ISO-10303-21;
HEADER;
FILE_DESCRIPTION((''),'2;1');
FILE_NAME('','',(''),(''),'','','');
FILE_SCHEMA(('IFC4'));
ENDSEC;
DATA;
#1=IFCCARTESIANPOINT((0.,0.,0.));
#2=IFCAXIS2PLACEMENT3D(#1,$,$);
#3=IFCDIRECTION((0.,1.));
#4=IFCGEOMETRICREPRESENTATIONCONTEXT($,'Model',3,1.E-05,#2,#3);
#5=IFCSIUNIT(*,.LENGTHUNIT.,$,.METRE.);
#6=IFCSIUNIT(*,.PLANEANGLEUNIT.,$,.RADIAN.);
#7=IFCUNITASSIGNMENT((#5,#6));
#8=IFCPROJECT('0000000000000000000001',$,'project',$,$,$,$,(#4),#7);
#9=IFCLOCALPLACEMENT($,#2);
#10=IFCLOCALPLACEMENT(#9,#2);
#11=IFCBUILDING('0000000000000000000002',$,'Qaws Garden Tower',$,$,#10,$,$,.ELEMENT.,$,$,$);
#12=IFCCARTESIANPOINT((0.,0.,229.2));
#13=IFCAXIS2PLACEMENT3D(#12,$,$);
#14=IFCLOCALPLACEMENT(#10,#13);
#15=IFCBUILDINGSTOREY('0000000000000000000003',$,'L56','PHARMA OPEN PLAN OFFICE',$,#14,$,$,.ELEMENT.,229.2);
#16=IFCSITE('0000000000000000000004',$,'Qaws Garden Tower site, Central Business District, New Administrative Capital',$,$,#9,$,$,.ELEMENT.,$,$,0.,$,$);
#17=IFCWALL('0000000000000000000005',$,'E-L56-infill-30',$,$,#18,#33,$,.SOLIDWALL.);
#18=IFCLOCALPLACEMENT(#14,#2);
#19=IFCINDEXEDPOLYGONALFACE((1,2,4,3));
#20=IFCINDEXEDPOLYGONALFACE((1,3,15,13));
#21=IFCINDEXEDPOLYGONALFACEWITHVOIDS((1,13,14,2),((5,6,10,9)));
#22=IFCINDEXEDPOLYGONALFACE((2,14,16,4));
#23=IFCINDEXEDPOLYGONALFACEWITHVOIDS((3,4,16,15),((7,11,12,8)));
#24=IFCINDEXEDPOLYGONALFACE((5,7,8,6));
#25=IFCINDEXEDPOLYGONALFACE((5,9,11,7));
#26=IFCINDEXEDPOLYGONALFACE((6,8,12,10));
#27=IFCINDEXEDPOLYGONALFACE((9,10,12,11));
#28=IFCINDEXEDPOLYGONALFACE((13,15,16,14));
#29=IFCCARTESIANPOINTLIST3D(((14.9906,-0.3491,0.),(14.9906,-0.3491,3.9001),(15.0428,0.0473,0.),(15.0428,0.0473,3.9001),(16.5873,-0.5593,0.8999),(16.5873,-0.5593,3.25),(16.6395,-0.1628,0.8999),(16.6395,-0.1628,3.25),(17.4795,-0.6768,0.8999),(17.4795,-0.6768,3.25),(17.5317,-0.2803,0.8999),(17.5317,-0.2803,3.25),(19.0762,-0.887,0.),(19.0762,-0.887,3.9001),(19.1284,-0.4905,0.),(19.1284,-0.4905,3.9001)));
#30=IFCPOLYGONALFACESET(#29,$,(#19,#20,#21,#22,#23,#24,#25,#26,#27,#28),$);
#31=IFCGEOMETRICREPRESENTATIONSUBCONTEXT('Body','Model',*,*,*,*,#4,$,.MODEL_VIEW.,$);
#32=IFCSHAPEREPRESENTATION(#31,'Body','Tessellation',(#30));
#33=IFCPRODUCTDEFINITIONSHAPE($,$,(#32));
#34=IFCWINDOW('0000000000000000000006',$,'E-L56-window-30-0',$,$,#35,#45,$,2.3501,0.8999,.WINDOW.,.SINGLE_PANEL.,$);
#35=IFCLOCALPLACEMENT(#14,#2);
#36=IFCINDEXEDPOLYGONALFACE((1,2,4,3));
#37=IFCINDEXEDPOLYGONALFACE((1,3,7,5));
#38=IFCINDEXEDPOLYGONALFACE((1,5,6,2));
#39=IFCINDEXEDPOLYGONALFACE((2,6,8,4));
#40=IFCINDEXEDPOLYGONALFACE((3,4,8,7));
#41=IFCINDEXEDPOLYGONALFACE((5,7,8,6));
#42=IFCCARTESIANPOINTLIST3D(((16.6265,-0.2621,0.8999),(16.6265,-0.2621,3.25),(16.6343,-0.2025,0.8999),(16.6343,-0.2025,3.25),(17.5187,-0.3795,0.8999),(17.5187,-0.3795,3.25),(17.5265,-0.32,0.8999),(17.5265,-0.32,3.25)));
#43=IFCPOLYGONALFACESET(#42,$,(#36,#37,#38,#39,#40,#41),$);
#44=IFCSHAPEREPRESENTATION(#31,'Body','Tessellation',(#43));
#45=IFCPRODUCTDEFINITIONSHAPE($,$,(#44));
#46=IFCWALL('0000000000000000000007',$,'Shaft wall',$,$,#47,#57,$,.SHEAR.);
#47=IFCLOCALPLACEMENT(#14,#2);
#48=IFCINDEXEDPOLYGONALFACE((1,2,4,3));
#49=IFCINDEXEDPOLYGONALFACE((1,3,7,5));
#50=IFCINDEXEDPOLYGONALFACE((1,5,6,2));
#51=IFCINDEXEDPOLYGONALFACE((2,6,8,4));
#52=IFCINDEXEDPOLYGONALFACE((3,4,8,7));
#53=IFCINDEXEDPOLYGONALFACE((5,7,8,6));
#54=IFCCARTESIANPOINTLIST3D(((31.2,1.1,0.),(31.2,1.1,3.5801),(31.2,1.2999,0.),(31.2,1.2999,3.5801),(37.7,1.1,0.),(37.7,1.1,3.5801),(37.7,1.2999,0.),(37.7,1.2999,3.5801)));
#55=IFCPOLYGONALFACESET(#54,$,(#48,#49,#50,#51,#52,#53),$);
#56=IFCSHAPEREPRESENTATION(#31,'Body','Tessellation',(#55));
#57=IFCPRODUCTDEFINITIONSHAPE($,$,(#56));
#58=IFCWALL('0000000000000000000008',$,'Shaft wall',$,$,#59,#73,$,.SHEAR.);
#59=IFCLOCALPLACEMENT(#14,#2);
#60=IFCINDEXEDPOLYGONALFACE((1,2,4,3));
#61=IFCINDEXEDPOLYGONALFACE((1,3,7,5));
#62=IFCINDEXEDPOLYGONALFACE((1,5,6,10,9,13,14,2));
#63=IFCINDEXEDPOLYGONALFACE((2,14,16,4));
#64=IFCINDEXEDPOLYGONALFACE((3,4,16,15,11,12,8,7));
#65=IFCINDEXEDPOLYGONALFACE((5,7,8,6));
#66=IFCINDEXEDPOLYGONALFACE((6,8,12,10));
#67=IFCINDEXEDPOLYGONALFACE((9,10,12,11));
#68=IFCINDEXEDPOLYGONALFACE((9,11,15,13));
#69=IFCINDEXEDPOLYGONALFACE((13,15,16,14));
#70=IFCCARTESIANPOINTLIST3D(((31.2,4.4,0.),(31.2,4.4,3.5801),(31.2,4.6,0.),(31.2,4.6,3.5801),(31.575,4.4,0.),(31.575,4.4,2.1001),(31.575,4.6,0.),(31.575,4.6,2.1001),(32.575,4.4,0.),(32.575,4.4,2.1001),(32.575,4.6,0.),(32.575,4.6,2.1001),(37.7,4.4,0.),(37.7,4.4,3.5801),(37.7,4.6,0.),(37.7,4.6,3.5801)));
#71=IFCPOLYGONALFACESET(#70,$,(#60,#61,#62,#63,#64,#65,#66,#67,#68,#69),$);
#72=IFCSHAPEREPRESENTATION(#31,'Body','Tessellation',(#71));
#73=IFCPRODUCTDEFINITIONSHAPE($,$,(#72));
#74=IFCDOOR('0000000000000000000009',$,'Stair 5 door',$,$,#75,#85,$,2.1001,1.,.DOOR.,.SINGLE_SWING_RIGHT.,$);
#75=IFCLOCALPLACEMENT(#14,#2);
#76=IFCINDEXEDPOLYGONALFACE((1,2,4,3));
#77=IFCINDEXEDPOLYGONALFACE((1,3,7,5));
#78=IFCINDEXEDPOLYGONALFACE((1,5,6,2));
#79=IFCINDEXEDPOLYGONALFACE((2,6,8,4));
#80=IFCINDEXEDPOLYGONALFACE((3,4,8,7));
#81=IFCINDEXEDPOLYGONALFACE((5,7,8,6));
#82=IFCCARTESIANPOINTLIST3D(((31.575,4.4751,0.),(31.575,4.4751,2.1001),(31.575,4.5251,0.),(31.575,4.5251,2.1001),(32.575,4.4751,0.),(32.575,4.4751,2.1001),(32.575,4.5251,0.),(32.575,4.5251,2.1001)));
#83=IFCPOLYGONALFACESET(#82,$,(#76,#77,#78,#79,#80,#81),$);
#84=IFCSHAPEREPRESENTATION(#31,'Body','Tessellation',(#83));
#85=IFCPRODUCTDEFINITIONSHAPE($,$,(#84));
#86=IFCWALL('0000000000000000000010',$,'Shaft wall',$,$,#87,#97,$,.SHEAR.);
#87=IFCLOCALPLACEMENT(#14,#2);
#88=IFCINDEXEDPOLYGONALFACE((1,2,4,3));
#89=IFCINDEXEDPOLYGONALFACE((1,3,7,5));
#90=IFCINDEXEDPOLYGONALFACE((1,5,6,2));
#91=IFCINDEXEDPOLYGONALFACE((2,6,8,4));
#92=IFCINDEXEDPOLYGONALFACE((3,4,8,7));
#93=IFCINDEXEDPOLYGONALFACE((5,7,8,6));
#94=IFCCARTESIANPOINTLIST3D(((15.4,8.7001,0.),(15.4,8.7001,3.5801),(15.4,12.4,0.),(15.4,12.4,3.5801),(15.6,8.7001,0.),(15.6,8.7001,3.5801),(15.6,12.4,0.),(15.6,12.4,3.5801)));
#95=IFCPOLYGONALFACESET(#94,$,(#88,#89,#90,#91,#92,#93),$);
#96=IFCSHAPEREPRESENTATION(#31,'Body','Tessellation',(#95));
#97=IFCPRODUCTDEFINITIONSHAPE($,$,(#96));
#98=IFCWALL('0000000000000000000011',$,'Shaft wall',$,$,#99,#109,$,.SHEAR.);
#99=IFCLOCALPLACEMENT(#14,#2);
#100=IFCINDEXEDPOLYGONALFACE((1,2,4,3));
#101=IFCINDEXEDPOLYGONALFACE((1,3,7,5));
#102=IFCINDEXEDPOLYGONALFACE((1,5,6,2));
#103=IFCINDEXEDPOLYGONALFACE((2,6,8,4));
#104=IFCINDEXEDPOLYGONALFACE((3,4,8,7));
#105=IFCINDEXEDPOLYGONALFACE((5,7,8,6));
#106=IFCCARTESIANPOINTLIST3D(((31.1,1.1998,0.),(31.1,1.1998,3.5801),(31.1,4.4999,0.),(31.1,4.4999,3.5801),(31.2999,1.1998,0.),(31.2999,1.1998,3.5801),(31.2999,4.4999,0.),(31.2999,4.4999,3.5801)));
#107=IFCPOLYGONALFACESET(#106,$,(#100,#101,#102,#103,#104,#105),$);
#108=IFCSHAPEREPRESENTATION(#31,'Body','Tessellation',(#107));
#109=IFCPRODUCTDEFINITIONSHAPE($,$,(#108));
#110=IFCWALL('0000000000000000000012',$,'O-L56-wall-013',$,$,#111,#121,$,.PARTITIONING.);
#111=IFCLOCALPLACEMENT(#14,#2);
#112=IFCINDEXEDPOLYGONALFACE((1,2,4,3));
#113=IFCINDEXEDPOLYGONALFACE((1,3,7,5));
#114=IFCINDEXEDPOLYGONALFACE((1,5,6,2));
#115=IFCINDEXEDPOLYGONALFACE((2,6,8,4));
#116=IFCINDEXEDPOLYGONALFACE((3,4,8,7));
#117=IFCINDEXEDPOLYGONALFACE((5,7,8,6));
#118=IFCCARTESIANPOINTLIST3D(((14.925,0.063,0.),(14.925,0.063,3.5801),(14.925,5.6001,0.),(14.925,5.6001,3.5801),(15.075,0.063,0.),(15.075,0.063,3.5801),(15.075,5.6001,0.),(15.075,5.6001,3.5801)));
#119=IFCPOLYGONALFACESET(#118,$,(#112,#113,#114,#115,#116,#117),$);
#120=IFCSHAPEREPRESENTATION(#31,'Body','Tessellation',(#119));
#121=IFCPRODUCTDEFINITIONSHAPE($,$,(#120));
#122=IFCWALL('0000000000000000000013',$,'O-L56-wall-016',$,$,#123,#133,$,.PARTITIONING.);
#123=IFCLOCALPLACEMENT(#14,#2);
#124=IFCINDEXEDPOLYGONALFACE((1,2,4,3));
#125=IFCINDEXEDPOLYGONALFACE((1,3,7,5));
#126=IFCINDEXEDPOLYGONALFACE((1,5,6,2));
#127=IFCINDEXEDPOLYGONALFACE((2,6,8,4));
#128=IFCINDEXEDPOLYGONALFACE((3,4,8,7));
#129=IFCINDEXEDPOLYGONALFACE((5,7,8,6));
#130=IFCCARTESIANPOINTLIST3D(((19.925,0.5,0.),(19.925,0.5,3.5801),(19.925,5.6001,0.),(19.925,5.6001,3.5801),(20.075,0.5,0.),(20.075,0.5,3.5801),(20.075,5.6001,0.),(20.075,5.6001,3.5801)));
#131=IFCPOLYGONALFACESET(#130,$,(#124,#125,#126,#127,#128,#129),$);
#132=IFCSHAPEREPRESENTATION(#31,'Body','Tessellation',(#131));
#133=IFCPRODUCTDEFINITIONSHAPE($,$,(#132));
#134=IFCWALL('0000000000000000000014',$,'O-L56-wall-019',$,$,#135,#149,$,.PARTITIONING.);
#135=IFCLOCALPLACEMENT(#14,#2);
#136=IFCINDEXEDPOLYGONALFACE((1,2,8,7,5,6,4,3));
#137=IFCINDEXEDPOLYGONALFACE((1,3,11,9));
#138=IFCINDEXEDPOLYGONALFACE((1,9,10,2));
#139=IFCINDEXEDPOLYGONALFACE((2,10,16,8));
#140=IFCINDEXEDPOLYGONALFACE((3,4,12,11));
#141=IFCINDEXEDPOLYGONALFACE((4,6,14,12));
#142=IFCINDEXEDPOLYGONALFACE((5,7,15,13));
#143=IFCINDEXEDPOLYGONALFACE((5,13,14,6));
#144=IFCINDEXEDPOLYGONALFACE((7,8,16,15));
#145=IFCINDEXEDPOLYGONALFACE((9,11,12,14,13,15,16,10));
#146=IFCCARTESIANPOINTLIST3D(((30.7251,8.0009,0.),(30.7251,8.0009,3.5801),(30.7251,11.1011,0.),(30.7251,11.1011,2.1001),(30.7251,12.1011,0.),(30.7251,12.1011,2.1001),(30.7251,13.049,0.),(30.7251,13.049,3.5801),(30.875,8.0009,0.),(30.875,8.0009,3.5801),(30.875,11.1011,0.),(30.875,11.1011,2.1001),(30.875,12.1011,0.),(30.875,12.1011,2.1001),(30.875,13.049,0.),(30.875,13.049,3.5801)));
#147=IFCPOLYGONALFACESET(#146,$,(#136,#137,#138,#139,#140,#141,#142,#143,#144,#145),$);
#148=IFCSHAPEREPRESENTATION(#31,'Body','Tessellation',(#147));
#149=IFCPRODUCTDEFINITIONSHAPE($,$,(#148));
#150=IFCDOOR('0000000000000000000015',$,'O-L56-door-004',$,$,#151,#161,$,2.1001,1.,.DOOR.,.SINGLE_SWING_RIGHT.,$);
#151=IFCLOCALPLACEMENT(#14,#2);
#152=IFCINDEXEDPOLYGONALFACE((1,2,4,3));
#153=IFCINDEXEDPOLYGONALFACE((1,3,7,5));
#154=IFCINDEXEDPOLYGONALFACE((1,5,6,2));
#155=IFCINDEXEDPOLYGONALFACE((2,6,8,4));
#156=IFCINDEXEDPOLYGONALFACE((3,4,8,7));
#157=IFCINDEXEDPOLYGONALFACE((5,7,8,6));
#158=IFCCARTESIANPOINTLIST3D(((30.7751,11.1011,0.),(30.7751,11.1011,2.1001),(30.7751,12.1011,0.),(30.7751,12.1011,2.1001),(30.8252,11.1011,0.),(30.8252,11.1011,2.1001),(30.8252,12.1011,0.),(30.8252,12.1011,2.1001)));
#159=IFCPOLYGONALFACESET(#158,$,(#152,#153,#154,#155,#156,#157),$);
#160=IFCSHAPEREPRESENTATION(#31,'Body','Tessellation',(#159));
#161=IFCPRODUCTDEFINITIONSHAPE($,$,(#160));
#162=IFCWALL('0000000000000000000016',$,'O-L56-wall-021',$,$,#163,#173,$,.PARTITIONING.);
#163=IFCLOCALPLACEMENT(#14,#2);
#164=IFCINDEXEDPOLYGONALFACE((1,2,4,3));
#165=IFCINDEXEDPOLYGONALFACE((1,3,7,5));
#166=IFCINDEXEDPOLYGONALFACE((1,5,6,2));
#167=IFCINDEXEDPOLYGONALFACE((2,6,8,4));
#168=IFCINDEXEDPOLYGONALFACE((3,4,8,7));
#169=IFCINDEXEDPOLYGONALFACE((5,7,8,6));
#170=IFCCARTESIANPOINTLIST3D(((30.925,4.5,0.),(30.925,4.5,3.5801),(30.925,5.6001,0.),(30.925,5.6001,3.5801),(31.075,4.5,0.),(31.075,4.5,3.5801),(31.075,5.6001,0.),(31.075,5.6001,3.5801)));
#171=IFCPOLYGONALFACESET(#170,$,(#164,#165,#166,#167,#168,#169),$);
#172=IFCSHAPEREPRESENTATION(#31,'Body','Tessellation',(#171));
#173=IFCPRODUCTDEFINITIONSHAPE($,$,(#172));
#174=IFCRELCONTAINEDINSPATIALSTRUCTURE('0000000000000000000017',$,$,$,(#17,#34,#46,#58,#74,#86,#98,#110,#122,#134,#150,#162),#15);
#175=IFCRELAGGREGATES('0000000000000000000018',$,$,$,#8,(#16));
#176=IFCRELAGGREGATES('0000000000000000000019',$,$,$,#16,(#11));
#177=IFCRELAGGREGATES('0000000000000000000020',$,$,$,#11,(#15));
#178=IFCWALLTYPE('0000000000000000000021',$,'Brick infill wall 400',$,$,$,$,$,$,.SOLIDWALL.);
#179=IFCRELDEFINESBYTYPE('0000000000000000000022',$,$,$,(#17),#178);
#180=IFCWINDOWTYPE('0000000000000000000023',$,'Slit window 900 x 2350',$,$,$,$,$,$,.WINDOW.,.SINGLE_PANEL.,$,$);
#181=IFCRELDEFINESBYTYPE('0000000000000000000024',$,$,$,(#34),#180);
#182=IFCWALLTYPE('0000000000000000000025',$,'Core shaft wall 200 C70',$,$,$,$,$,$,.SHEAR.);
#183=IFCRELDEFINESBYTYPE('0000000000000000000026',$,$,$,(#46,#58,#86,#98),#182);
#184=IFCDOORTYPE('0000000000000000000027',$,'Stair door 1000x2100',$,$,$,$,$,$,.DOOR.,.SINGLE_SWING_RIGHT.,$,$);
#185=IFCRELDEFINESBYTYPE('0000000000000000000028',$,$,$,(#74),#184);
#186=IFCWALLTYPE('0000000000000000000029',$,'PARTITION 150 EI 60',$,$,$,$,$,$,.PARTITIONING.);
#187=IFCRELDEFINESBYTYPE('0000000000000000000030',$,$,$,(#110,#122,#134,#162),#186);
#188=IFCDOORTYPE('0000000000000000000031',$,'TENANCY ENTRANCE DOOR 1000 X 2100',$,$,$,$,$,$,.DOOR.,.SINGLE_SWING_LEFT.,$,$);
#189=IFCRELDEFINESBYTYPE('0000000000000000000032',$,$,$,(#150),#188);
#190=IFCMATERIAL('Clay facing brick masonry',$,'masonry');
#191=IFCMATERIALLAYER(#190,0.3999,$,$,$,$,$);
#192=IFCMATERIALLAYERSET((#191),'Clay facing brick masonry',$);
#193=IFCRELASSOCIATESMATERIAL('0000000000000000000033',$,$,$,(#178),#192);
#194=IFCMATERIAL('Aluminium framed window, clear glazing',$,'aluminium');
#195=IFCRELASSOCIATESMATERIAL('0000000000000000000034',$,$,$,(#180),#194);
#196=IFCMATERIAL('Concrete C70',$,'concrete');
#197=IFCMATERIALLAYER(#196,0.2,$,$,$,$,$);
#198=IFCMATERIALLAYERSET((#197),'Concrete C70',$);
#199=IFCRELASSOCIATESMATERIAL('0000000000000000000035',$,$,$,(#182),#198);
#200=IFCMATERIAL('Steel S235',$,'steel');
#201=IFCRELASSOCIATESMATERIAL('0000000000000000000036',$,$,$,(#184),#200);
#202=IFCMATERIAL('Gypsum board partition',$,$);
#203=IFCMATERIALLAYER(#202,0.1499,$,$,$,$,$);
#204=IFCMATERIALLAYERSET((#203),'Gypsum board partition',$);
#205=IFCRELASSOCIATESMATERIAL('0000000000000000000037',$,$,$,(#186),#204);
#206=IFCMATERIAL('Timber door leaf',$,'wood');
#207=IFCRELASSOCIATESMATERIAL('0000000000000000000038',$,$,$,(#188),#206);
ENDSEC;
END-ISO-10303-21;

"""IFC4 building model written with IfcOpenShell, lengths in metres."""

from ifc_helpers import new_model, si_unit, direction, frame, frame_2d, origin, place, context, subcontext, project, spatial, rectangle, extrude, material, layer, layer_set, type_object, element, fill, save


model = new_model("IFC4")

# Units and contexts
model_context = context("Model", 3, precision=1e-05, world=origin(), true_north=direction((0.0, 1.0)))
body_context = subcontext(model_context, "Body", "Model", "MODEL_VIEW")
ifc_project = project(units=[si_unit("LENGTHUNIT", "METRE"), si_unit("PLANEANGLEUNIT", "RADIAN")], contexts=[model_context])

# Site, building, storey
site_placement = place(None, origin())
site = spatial("IfcSite", under=ifc_project, at=site_placement, Name="Qaws Garden Tower site, Central Business District, New Administrative Capital", CompositionType="ELEMENT", RefElevation=0.0)
building_placement = place(site_placement, origin())
building = spatial("IfcBuilding", under=site, at=building_placement, Name="Qaws Garden Tower", CompositionType="ELEMENT")
storey_placement = place(building_placement, frame((0.0, 0.0, 229.2)))
storey = spatial("IfcBuildingStorey", under=building, at=storey_placement, Name="L56", Description="PHARMA OPEN PLAN OFFICE", CompositionType="ELEMENT", Elevation=229.2)

# Shared definitions
ifc_material_1 = material(Name="Clay facing brick masonry", Category="masonry")
ifc_layer_1 = layer(ifc_material_1, 0.3999)
ifc_layer_set_1 = layer_set([ifc_layer_1], Name="Clay facing brick masonry")
wall_type_1 = type_object("IfcWallType", Name="Brick infill wall 400", PredefinedType="SOLIDWALL", material=ifc_layer_set_1)
ifc_material_2 = material(Name="Aluminium framed window, clear glazing", Category="aluminium")
window_type = type_object("IfcWindowType", Name="Slit window 900 x 2350", PartitioningType="SINGLE_PANEL", PredefinedType="WINDOW", material=ifc_material_2)

# Wall, opening, window
wall_1_placement = place(storey_placement, frame((15.0166, -0.1509, 0.0), z_axis=(0.0, 0.0, 1.0), x_axis=(0.991446, -0.130514, 0.0)))
wall_1 = element("IfcWall", 1, at=wall_1_placement, inside=storey, type_object=wall_type_1, Name="E-L56-infill-30", PredefinedType="SOLIDWALL", context=body_context, shape_type="SweptSolid", body=[
    extrude(rectangle(XDim=4.1208, YDim=0.3999, at=frame_2d((2.0605, 0.0))), origin(), (0.0, 0.0, 1.0), 3.9001),
])
opening_1_placement = place(wall_1_placement, frame((1.6106, 0.0, 0.8999)))
opening_1 = element("IfcOpeningElement", 2, at=opening_1_placement, cuts=wall_1, PredefinedType="OPENING", context=body_context, shape_type="SweptSolid", body=[
    extrude(rectangle(XDim=0.8999, YDim=2.3501, at=frame_2d((0.45, 1.175))), frame((0.0, 0.21, 0.0), z_axis=(0.0, -1.0, 0.0), x_axis=(1.0, 0.0, 0.0)), (0.0, 0.0, 1.0), 0.4199),
])
window_1_placement = place(opening_1_placement, origin())
window_1 = element("IfcWindow", 3, at=window_1_placement, inside=storey, type_object=window_type, Name="E-L56-window-30-0", OverallHeight=2.3501, OverallWidth=0.8999, PartitioningType="SINGLE_PANEL", PredefinedType="WINDOW", context=body_context, shape_type="SweptSolid", body=[
    extrude(rectangle(XDim=0.8999, YDim=2.3501, at=frame_2d((0.45, 1.175))), frame((0.0, 0.1599, 0.0), z_axis=(0.0, -1.0, 0.0), x_axis=(1.0, 0.0, 0.0)), (0.0, 0.0, 1.0), 0.0601),
])
fill(opening_1, window_1)

# Wall
ifc_material_3 = material(Name="Concrete C70", Category="concrete")
ifc_layer_2 = layer(ifc_material_3, 0.2)
ifc_layer_set_2 = layer_set([ifc_layer_2], Name="Concrete C70")
wall_type_2 = type_object("IfcWallType", Name="Core shaft wall 200 C70", PredefinedType="SHEAR", material=ifc_layer_set_2)
wall_2_placement = place(storey_placement, frame((31.2, 1.2, 0.0), z_axis=(0.0, 0.0, 1.0), x_axis=(1.0, 0.0, 0.0)))
element("IfcWall", 4, at=wall_2_placement, inside=storey, type_object=wall_type_2, Name="Shaft wall", PredefinedType="SHEAR", context=body_context, shape_type="SweptSolid", body=[
    extrude(rectangle(XDim=6.5, YDim=0.2, at=frame_2d((3.25, 0.0))), origin(), (0.0, 0.0, 1.0), 3.5801),
])

# Wall, opening, door
wall_3_placement = place(storey_placement, frame((31.2, 4.5, 0.0), z_axis=(0.0, 0.0, 1.0), x_axis=(1.0, 0.0, 0.0)))
wall_3 = element("IfcWall", 5, at=wall_3_placement, inside=storey, type_object=wall_type_2, Name="Shaft wall", PredefinedType="SHEAR", context=body_context, shape_type="SweptSolid", body=[
    extrude(rectangle(XDim=6.5, YDim=0.2, at=frame_2d((3.25, 0.0))), origin(), (0.0, 0.0, 1.0), 3.5801),
])
opening_2_placement = place(wall_3_placement, frame((0.375, 0.0, 0.0)))
opening_2 = element("IfcOpeningElement", 6, at=opening_2_placement, cuts=wall_3, PredefinedType="OPENING", context=body_context, shape_type="SweptSolid", body=[
    extrude(rectangle(XDim=1.0, YDim=2.1001, at=frame_2d((0.5, 1.05))), frame((0.0, 0.1099, 0.0), z_axis=(0.0, -1.0, 0.0), x_axis=(1.0, 0.0, 0.0)), (0.0, 0.0, 1.0), 0.22),
])
ifc_material_4 = material(Name="Steel S235", Category="steel")
door_type_1 = type_object("IfcDoorType", Name="Stair door 1000x2100", OperationType="SINGLE_SWING_RIGHT", PredefinedType="DOOR", material=ifc_material_4)
door_1_placement = place(opening_2_placement, frame((1.0, 0.0, 0.0), z_axis=(0.0, 0.0, 1.0), x_axis=(-1.0, 0.0, 0.0)))
door_1 = element("IfcDoor", 7, at=door_1_placement, inside=storey, type_object=door_type_1, Name="Stair 5 door", OperationType="SINGLE_SWING_RIGHT", OverallHeight=2.1001, OverallWidth=1.0, PredefinedType="DOOR", context=body_context, shape_type="SweptSolid", body=[
    extrude(rectangle(XDim=1.0, YDim=2.1001, at=frame_2d((0.5, 1.05))), frame((0.0, 0.0249, 0.0), z_axis=(0.0, -1.0, 0.0), x_axis=(1.0, 0.0, 0.0)), (0.0, 0.0, 1.0), 0.05),
])
fill(opening_2, door_1)

# Walls
wall_4_placement = place(storey_placement, frame((15.5, 8.7, 0.0), z_axis=(0.0, 0.0, 1.0), x_axis=(0.0, 1.0, 0.0)))
element("IfcWall", 8, at=wall_4_placement, inside=storey, type_object=wall_type_2, Name="Shaft wall", PredefinedType="SHEAR", context=body_context, shape_type="SweptSolid", body=[
    extrude(rectangle(XDim=3.7, YDim=0.2, at=frame_2d((1.8501, 0.0))), origin(), (0.0, 0.0, 1.0), 3.5801),
])
wall_5_placement = place(storey_placement, frame((31.2, 1.2, 0.0), z_axis=(0.0, 0.0, 1.0), x_axis=(0.0, 1.0, 0.0)))
element("IfcWall", 9, at=wall_5_placement, inside=storey, type_object=wall_type_2, Name="Shaft wall", PredefinedType="SHEAR", context=body_context, shape_type="SweptSolid", body=[
    extrude(rectangle(XDim=3.3, YDim=0.2, at=frame_2d((1.6499, 0.0))), origin(), (0.0, 0.0, 1.0), 3.5801),
])
ifc_material_5 = material(Name="Gypsum board partition")
ifc_layer_3 = layer(ifc_material_5, 0.1499)
ifc_layer_set_3 = layer_set([ifc_layer_3], Name="Gypsum board partition")
wall_type_3 = type_object("IfcWallType", Name="PARTITION 150 EI 60", PredefinedType="PARTITIONING", material=ifc_layer_set_3)
wall_6_placement = place(storey_placement, frame((15.0, 0.063, 0.0), z_axis=(0.0, 0.0, 1.0), x_axis=(0.0, 1.0, 0.0)))
element("IfcWall", 10, at=wall_6_placement, inside=storey, type_object=wall_type_3, Name="O-L56-wall-013", PredefinedType="PARTITIONING", context=body_context, shape_type="SweptSolid", body=[
    extrude(rectangle(XDim=5.5371, YDim=0.1499, at=frame_2d((2.7686, 0.0))), origin(), (0.0, 0.0, 1.0), 3.5801),
])
wall_7_placement = place(storey_placement, frame((20.0, 0.5, 0.0), z_axis=(0.0, 0.0, 1.0), x_axis=(0.0, 1.0, 0.0)))
element("IfcWall", 11, at=wall_7_placement, inside=storey, type_object=wall_type_3, Name="O-L56-wall-016", PredefinedType="PARTITIONING", context=body_context, shape_type="SweptSolid", body=[
    extrude(rectangle(XDim=5.1001, YDim=0.1499, at=frame_2d((2.55, 0.0))), origin(), (0.0, 0.0, 1.0), 3.5801),
])

# Wall, opening, door
wall_8_placement = place(storey_placement, frame((30.8, 8.001, 0.0), z_axis=(0.0, 0.0, 1.0), x_axis=(0.0, 1.0, 0.0)))
wall_8 = element("IfcWall", 12, at=wall_8_placement, inside=storey, type_object=wall_type_3, Name="O-L56-wall-019", PredefinedType="PARTITIONING", context=body_context, shape_type="SweptSolid", body=[
    extrude(rectangle(XDim=5.0481, YDim=0.1499, at=frame_2d((2.5239, 0.0))), origin(), (0.0, 0.0, 1.0), 3.5801),
])
opening_3_placement = place(wall_8_placement, frame((3.1001, 0.0, 0.0)))
opening_3 = element("IfcOpeningElement", 13, at=opening_3_placement, cuts=wall_8, PredefinedType="OPENING", context=body_context, shape_type="SweptSolid", body=[
    extrude(rectangle(XDim=1.0, YDim=2.1001, at=frame_2d((0.5, 1.05))), frame((0.0, 0.085, 0.0), z_axis=(0.0, -1.0, 0.0), x_axis=(1.0, 0.0, 0.0)), (0.0, 0.0, 1.0), 0.1699),
])
ifc_material_6 = material(Name="Timber door leaf", Category="wood")
door_type_2 = type_object("IfcDoorType", Name="TENANCY ENTRANCE DOOR 1000 X 2100", OperationType="SINGLE_SWING_LEFT", PredefinedType="DOOR", material=ifc_material_6)
door_2_placement = place(opening_3_placement, origin())
door_2 = element("IfcDoor", 14, at=door_2_placement, inside=storey, type_object=door_type_2, Name="O-L56-door-004", OperationType="SINGLE_SWING_RIGHT", OverallHeight=2.1001, OverallWidth=1.0, PredefinedType="DOOR", context=body_context, shape_type="SweptSolid", body=[
    extrude(rectangle(XDim=1.0, YDim=2.1001, at=frame_2d((0.5, 1.05))), frame((0.0, 0.0249, 0.0), z_axis=(0.0, -1.0, 0.0), x_axis=(1.0, 0.0, 0.0)), (0.0, 0.0, 1.0), 0.05),
])
fill(opening_3, door_2)

# Wall
wall_9_placement = place(storey_placement, frame((31.0, 4.5, 0.0), z_axis=(0.0, 0.0, 1.0), x_axis=(0.0, 1.0, 0.0)))
element("IfcWall", 15, at=wall_9_placement, inside=storey, type_object=wall_type_3, Name="O-L56-wall-021", PredefinedType="PARTITIONING", context=body_context, shape_type="SweptSolid", body=[
    extrude(rectangle(XDim=1.1001, YDim=0.1499, at=frame_2d((0.55, 0.0))), origin(), (0.0, 0.0, 1.0), 3.5801),
])

save(model, "model.ifc")
